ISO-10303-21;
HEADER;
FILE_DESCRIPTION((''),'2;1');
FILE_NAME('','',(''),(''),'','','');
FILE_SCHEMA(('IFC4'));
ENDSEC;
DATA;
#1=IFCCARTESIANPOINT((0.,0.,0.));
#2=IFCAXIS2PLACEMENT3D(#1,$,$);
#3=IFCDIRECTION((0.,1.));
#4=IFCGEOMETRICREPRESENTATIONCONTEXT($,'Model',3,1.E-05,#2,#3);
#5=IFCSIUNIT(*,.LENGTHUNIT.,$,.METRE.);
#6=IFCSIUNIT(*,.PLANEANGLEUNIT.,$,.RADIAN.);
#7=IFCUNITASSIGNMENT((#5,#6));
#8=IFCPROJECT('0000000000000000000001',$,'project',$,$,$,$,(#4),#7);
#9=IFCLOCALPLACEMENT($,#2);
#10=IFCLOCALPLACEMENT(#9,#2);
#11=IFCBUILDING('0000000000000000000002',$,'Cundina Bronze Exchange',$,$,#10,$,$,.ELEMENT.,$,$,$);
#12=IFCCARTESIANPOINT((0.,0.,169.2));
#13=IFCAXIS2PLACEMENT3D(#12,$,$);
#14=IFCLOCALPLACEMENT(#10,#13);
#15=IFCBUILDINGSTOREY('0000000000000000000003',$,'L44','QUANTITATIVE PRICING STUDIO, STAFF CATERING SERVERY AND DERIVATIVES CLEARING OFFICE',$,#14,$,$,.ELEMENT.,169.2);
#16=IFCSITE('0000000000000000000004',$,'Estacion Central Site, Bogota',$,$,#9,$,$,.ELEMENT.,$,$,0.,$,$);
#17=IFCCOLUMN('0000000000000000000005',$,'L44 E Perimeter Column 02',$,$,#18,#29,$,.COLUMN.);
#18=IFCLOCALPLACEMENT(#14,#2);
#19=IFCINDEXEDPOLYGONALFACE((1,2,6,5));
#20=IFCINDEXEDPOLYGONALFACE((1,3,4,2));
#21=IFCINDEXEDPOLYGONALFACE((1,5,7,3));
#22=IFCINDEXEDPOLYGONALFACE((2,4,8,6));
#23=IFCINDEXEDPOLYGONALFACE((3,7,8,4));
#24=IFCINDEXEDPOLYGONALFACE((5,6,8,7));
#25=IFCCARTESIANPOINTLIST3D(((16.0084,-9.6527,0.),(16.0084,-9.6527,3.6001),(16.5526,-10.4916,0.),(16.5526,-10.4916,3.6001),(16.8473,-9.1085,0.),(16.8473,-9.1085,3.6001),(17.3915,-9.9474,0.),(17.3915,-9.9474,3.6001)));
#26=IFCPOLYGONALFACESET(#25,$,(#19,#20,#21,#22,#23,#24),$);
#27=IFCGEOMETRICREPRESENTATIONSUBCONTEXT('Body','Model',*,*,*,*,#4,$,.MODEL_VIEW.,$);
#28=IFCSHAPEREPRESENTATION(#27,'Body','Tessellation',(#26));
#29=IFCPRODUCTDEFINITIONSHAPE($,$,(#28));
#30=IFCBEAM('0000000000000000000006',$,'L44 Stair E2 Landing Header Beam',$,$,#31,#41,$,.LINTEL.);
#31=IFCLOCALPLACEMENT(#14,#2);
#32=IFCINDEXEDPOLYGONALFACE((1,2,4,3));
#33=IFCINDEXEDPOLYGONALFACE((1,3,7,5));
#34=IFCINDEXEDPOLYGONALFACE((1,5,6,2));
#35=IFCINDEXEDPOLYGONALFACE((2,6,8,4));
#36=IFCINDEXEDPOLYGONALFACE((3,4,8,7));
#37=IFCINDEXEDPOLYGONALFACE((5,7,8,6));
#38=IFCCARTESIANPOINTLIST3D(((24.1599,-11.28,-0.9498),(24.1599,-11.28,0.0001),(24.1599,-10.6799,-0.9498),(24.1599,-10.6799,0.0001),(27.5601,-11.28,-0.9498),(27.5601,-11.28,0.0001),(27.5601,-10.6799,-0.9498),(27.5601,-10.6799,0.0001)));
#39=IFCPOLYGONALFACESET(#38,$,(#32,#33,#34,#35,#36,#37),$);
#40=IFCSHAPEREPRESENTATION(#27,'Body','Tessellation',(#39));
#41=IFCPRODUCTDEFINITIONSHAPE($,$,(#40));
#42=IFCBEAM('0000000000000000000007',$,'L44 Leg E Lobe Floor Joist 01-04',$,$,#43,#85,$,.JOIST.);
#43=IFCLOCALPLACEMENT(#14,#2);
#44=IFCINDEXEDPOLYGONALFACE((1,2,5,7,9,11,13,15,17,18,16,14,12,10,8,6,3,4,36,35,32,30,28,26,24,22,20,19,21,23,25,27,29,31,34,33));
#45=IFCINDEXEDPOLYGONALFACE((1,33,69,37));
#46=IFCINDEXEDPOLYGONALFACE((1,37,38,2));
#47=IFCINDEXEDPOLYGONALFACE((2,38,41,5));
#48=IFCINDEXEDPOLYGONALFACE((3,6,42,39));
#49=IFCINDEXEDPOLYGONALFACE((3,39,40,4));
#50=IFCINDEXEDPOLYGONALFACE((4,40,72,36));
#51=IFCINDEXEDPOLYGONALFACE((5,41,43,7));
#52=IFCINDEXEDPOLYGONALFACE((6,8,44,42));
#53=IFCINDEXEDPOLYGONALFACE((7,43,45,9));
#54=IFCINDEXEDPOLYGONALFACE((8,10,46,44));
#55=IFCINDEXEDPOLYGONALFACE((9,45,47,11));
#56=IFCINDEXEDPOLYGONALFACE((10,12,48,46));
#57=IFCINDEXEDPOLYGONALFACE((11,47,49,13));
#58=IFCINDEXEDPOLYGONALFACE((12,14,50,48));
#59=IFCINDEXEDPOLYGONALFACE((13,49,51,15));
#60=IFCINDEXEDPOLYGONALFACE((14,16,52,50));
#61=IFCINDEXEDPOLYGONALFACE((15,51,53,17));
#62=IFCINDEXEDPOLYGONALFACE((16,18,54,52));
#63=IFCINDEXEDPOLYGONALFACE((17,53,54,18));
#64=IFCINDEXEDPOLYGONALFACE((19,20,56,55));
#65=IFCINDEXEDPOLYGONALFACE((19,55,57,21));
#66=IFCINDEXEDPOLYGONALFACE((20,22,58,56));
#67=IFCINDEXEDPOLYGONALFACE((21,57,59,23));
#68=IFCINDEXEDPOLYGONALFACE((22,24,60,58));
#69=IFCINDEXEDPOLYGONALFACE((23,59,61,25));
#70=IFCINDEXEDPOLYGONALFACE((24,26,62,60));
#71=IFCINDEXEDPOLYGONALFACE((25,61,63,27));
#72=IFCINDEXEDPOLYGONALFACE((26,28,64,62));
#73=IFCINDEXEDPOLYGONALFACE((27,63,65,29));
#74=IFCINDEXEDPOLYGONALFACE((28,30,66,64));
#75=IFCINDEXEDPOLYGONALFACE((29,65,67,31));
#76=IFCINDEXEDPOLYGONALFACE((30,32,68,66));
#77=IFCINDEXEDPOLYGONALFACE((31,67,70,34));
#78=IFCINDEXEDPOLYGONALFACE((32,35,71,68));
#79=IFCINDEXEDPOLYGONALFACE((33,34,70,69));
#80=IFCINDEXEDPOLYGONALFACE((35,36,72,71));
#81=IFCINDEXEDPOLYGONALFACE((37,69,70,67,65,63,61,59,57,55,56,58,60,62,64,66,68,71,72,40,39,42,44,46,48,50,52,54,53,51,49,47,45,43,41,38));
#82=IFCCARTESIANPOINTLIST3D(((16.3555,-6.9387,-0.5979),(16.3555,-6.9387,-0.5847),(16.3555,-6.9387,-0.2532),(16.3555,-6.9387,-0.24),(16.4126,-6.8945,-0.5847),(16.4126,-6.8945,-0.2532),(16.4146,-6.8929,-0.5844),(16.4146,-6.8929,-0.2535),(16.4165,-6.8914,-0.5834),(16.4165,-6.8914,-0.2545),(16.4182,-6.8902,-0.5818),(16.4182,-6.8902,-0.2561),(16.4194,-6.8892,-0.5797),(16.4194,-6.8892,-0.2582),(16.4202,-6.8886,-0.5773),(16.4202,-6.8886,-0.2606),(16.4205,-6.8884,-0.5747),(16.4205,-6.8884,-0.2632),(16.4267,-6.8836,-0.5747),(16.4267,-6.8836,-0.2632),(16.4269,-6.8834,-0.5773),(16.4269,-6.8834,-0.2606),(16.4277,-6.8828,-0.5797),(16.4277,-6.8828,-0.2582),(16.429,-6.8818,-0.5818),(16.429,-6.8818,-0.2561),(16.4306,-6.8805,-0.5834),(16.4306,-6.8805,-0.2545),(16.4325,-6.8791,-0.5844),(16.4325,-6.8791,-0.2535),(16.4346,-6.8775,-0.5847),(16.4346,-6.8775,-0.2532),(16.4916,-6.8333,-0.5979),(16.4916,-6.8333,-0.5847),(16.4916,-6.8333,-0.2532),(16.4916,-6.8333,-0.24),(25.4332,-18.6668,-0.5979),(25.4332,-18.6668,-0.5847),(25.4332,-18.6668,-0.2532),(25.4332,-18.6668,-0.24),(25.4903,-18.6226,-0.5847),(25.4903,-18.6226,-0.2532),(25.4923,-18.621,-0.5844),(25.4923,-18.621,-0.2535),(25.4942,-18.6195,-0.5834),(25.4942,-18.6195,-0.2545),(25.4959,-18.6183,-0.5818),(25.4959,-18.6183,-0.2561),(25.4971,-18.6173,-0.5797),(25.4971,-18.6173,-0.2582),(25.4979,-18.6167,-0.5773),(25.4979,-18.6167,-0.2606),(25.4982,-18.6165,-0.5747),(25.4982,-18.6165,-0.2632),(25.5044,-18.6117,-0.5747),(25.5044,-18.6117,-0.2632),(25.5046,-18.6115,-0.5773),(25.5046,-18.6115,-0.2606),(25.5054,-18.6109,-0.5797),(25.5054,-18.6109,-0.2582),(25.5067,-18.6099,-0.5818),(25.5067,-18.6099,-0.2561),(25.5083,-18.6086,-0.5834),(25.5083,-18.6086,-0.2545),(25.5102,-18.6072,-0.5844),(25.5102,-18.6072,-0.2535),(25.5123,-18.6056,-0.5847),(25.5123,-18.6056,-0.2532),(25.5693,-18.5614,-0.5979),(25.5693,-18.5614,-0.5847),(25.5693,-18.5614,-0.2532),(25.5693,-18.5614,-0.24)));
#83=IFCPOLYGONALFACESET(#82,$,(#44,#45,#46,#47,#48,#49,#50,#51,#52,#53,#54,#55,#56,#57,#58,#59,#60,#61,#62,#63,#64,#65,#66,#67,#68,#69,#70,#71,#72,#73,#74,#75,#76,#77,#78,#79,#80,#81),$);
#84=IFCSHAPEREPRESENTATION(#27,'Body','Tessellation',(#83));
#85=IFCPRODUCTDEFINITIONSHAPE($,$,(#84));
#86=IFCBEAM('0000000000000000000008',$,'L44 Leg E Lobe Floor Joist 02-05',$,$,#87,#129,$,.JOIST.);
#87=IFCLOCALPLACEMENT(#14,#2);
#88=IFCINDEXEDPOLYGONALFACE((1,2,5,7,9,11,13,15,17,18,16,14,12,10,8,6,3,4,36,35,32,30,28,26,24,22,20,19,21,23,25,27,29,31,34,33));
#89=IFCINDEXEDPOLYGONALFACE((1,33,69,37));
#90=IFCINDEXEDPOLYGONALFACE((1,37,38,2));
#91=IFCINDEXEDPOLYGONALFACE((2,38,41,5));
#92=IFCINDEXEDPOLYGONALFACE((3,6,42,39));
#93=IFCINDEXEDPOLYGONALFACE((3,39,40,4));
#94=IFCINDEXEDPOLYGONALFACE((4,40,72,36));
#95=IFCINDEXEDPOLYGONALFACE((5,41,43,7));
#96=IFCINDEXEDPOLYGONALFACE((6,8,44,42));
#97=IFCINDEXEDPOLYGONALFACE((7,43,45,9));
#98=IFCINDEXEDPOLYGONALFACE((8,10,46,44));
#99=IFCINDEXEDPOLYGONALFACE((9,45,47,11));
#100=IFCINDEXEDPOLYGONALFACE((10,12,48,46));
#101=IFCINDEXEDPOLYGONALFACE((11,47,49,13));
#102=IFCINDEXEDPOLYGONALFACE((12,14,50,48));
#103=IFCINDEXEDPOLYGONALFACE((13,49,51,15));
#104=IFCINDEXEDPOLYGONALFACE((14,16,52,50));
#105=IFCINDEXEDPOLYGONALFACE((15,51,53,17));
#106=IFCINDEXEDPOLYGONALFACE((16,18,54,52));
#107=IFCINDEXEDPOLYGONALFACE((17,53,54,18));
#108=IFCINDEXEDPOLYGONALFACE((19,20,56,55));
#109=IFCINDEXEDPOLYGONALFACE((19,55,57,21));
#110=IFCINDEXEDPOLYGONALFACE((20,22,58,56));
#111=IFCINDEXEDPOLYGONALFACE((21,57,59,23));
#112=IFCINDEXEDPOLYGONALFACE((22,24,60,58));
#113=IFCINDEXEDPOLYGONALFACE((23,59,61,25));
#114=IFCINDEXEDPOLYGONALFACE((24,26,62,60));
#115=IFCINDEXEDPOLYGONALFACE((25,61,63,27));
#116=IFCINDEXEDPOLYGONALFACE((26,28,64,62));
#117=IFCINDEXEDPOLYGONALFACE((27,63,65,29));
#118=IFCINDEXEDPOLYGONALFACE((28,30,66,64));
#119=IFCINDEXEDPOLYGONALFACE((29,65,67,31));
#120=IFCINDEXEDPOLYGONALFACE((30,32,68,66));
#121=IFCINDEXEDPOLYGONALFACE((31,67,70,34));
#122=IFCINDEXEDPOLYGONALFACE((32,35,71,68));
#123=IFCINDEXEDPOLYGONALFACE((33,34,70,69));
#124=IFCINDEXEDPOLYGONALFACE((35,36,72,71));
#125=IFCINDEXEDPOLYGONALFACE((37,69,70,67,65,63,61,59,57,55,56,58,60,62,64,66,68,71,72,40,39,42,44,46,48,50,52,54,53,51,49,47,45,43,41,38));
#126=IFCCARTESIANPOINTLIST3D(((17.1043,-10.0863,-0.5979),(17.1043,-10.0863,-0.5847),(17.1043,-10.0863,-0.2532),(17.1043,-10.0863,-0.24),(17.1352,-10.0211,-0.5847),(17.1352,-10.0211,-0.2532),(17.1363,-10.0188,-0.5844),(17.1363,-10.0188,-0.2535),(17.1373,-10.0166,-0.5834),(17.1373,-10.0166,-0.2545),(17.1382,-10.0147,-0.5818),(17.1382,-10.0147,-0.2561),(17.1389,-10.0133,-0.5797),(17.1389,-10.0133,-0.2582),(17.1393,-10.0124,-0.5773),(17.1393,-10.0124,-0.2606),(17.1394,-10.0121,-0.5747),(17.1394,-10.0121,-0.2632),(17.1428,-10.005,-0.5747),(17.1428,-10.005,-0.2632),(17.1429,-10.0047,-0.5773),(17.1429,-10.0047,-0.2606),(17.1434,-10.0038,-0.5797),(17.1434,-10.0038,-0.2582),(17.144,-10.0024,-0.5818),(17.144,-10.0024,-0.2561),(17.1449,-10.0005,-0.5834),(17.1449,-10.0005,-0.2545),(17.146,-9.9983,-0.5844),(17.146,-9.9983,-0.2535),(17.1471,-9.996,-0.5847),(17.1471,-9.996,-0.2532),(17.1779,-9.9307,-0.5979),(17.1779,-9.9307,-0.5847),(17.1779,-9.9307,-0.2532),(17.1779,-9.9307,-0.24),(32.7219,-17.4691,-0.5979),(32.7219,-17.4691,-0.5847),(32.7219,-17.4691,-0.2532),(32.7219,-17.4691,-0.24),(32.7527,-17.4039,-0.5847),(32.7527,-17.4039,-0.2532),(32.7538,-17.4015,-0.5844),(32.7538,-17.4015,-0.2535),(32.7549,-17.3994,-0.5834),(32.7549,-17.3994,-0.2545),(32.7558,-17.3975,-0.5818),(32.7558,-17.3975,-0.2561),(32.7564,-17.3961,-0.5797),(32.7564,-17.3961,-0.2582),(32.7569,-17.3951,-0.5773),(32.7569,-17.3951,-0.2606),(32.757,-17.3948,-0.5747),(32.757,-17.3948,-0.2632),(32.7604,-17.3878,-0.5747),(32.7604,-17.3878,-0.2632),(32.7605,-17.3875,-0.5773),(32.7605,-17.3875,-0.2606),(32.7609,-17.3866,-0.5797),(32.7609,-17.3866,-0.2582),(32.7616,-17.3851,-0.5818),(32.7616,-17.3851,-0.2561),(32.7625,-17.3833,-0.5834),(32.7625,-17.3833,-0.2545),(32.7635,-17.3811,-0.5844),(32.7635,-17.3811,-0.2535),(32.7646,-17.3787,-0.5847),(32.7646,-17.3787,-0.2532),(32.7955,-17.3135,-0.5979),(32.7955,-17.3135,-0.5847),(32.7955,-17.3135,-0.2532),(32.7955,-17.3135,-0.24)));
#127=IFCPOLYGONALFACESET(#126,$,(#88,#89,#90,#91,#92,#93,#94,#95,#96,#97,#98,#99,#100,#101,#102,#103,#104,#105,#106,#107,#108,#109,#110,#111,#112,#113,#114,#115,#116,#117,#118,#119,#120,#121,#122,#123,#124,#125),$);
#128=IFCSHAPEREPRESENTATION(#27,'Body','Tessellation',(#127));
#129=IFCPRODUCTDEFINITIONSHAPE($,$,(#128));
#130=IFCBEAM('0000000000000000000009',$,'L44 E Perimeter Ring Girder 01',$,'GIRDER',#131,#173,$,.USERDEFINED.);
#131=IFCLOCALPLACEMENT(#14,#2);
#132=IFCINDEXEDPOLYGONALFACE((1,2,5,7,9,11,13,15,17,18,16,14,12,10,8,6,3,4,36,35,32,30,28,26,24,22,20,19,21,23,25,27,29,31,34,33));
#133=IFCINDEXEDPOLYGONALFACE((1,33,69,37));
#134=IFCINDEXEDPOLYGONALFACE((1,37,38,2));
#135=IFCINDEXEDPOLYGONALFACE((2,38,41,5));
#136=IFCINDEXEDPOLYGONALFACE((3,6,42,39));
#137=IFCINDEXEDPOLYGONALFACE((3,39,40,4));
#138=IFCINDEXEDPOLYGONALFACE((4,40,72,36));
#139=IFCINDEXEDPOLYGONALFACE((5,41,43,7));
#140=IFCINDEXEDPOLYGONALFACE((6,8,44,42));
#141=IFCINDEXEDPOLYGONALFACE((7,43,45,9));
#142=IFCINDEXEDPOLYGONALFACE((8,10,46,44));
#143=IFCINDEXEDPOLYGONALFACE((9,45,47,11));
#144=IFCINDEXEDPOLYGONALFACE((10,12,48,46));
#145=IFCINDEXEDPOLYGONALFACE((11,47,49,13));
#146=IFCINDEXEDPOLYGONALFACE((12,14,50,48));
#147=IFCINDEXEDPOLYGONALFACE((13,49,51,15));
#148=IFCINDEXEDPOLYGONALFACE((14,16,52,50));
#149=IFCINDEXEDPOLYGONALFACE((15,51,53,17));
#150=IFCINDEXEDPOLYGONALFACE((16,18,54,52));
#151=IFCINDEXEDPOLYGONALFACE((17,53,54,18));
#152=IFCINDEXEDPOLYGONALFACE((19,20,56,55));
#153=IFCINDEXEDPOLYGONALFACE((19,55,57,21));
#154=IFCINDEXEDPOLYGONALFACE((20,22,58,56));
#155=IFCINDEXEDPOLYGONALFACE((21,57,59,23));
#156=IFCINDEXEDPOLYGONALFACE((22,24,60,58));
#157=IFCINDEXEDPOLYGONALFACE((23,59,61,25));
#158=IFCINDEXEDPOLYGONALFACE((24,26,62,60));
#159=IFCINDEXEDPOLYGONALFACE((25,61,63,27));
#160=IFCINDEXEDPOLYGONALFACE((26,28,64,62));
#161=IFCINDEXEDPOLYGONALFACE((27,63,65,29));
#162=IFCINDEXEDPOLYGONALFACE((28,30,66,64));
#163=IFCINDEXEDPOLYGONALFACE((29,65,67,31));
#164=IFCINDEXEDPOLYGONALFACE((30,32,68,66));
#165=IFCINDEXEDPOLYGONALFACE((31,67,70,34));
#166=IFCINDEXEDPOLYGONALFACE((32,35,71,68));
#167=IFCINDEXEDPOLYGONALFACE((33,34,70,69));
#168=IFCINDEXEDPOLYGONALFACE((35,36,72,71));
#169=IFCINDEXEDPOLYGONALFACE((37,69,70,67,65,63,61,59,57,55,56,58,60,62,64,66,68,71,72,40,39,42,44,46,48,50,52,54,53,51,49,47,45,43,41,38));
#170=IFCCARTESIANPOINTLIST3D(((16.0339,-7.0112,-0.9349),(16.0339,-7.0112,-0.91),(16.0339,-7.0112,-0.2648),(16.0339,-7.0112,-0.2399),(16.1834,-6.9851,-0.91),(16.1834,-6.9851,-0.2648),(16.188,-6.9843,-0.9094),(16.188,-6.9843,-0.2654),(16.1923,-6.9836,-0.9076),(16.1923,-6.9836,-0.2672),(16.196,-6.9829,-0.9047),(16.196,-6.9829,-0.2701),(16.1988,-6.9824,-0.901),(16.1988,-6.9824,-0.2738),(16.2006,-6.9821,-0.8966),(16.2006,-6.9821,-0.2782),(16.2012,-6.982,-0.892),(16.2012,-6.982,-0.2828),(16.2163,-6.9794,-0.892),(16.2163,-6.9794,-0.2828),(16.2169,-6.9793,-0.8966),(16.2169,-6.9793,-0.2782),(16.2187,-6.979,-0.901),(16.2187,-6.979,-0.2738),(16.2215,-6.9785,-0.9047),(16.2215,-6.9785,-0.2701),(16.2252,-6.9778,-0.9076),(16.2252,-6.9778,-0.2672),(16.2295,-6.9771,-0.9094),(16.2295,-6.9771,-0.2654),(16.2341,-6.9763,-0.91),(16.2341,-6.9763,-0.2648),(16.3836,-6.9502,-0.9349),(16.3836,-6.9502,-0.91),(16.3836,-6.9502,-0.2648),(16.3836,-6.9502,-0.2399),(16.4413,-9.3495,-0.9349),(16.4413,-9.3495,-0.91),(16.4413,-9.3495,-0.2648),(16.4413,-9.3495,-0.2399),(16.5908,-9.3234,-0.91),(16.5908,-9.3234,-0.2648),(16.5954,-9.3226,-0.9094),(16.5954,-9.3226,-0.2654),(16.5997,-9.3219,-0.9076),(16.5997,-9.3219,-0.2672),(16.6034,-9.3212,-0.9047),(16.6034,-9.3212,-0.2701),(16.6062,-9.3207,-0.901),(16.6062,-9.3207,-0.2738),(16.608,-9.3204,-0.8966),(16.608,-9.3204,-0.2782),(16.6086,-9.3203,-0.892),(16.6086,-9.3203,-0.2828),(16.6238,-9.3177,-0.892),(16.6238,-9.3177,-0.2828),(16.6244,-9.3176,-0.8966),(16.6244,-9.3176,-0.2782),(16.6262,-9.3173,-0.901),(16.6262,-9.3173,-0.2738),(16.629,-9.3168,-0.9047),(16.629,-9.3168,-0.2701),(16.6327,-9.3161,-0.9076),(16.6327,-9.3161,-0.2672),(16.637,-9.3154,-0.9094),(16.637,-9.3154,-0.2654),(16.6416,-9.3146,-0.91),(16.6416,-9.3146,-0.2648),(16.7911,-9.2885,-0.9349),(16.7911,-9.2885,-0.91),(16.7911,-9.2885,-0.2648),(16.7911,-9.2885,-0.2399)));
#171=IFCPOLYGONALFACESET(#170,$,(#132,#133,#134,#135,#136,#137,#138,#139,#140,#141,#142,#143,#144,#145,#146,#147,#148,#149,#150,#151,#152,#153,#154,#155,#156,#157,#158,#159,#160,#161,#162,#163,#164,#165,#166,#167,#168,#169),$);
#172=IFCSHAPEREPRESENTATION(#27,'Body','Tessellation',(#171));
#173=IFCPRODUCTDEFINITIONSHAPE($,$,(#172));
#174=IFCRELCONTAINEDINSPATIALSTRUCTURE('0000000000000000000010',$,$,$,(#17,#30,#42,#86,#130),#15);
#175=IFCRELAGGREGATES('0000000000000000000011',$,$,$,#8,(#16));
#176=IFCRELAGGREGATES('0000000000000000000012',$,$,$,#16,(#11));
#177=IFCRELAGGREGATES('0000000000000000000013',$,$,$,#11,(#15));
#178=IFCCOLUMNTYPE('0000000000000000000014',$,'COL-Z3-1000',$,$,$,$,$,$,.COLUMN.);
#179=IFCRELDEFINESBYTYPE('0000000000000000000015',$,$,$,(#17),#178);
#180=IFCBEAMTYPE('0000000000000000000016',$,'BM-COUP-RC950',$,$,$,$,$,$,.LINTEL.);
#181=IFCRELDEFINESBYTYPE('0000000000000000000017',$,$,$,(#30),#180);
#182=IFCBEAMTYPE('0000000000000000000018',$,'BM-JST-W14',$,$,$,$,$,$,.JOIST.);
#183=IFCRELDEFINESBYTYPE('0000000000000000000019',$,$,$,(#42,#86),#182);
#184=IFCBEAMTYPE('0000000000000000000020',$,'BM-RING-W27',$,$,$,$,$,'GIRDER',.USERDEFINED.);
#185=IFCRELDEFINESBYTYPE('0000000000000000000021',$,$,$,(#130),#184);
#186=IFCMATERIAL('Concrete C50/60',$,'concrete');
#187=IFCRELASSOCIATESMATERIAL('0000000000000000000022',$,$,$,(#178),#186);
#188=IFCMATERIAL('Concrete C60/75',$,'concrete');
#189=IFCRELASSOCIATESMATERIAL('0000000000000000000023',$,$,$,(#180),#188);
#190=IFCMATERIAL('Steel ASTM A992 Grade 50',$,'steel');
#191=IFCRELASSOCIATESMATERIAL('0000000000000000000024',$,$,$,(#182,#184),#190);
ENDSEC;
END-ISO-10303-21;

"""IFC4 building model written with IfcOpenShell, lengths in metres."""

from ifc_helpers import new_model, si_unit, direction, frame, origin, origin_2d, place, context, subcontext, project, spatial, rectangle, i_section, extrude, material, material_profile, profile_set, type_object, element, save


model = new_model("IFC4")

# Units and contexts
model_context = context("Model", 3, precision=1e-05, world=origin(), true_north=direction((0.0, 1.0)))
body_context = subcontext(model_context, "Body", "Model", "MODEL_VIEW")
ifc_project = project(units=[si_unit("LENGTHUNIT", "METRE"), si_unit("PLANEANGLEUNIT", "RADIAN")], contexts=[model_context])

# Site, building, storey
site_placement = place(None, origin())
site = spatial("IfcSite", under=ifc_project, at=site_placement, Name="Estacion Central Site, Bogota", CompositionType="ELEMENT", RefElevation=0.0)
building_placement = place(site_placement, origin())
building = spatial("IfcBuilding", under=site, at=building_placement, Name="Cundina Bronze Exchange", CompositionType="ELEMENT")
storey_placement = place(building_placement, frame((0.0, 0.0, 169.2)))
storey = spatial("IfcBuildingStorey", under=building, at=storey_placement, Name="L44", Description="QUANTITATIVE PRICING STUDIO, STAFF CATERING SERVERY AND DERIVATIVES CLEARING OFFICE", CompositionType="ELEMENT", Elevation=169.2)

# Column
ifc_material_1 = material(Name="Concrete C50/60", Category="concrete")
ifc_material_profile_1 = material_profile(ifc_material_1, rectangle(XDim=1.0, YDim=1.0, at=origin_2d()), Name="RC1000X1000", Category="concrete")
ifc_profile_set_1 = profile_set([ifc_material_profile_1], Name="Concrete C50/60")
column_type = type_object("IfcColumnType", Name="COL-Z3-1000", PredefinedType="COLUMN", material=ifc_profile_set_1)
column_placement = place(storey_placement, frame((16.7, -9.8, 0.0), z_axis=(0.0, 0.0, 1.0), x_axis=(0.5442, -0.838956, 0.0)))
element("IfcColumn", 1, at=column_placement, inside=storey, type_object=column_type, Name="L44 E Perimeter Column 02", PredefinedType="COLUMN", context=body_context, shape_type="SweptSolid", body=[
    extrude(rectangle(XDim=1.0, YDim=1.0, at=origin_2d()), origin(), (0.0, 0.0, 1.0), 3.6001),
])

# Beams
ifc_material_2 = material(Name="Concrete C60/75", Category="concrete")
ifc_material_profile_2 = material_profile(ifc_material_2, rectangle(XDim=0.6001, YDim=0.95, at=origin_2d()), Name="RC600X950", Category="concrete")
ifc_profile_set_2 = profile_set([ifc_material_profile_2], Name="Concrete C60/75")
beam_type_1 = type_object("IfcBeamType", Name="BM-COUP-RC950", PredefinedType="LINTEL", material=ifc_profile_set_2)
beam_1_placement = place(storey_placement, frame((24.1599, -10.98, -0.4749), z_axis=(1.0, 0.0, 0.0), x_axis=(0.0, 1.0, 0.0)))
element("IfcBeam", 2, at=beam_1_placement, inside=storey, type_object=beam_type_1, Name="L44 Stair E2 Landing Header Beam", PredefinedType="LINTEL", context=body_context, shape_type="SweptSolid", body=[
    extrude(rectangle(XDim=0.6001, YDim=0.95, at=origin_2d()), origin(), (0.0, 0.0, 1.0), 3.4001),
])
ifc_material_3 = material(Name="Steel ASTM A992 Grade 50", Category="steel")
ifc_material_profile_3 = material_profile(ifc_material_3, i_section(OverallWidth=0.1721, OverallDepth=0.3579, WebThickness=0.0078, FlangeThickness=0.0132, FilletRadius=0.01, at=origin_2d()), Name="W14X38", Category="steel")
ifc_profile_set_3 = profile_set([ifc_material_profile_3], Name="Steel ASTM A992 Grade 50")
beam_type_2 = type_object("IfcBeamType", Name="BM-JST-W14", PredefinedType="JOIST", material=ifc_profile_set_3)
beam_2_placement = place(storey_placement, frame((16.4236, -6.886, -0.4189), z_axis=(0.612084, -0.790793, 0.0), x_axis=(0.790793, 0.612084, 0.0)))
element("IfcBeam", 3, at=beam_2_placement, inside=storey, type_object=beam_type_2, Name="L44 Leg E Lobe Floor Joist 01-04", PredefinedType="JOIST", context=body_context, shape_type="SweptSolid", body=[
    extrude(i_section(OverallWidth=0.1721, OverallDepth=0.3579, WebThickness=0.0078, FlangeThickness=0.0132, FilletRadius=0.01, at=origin_2d()), origin(), (0.0, 0.0, 1.0), 14.8308),
])
beam_3_placement = place(storey_placement, frame((17.1411, -10.0085, -0.4189), z_axis=(0.904074, -0.427375, 0.0), x_axis=(0.427375, 0.904074, 0.0)))
element("IfcBeam", 4, at=beam_3_placement, inside=storey, type_object=beam_type_2, Name="L44 Leg E Lobe Floor Joist 02-05", PredefinedType="JOIST", context=body_context, shape_type="SweptSolid", body=[
    extrude(i_section(OverallWidth=0.1721, OverallDepth=0.3579, WebThickness=0.0078, FlangeThickness=0.0132, FilletRadius=0.01, at=origin_2d()), origin(), (0.0, 0.0, 1.0), 17.2747),
])
ifc_material_profile_4 = material_profile(ifc_material_3, i_section(OverallWidth=0.355, OverallDepth=0.6951, WebThickness=0.0154, FlangeThickness=0.0249, FilletRadius=0.0181, at=origin_2d()), Name="W27X146", Category="steel")
ifc_profile_set_4 = profile_set([ifc_material_profile_4], Name="Steel ASTM A992 Grade 50")
beam_type_3 = type_object("IfcBeamType", Name="BM-RING-W27", ElementType="GIRDER", PredefinedType="USERDEFINED", material=ifc_profile_set_4)
beam_4_placement = place(storey_placement, frame((16.2087, -6.9807, -0.5874), z_axis=(0.171667, -0.985155, 0.0), x_axis=(0.985155, 0.171667, 0.0)))
element("IfcBeam", 5, at=beam_4_placement, inside=storey, type_object=beam_type_3, Name="L44 E Perimeter Ring Girder 01", ObjectType="GIRDER", PredefinedType="USERDEFINED", context=body_context, shape_type="SweptSolid", body=[
    extrude(i_section(OverallWidth=0.355, OverallDepth=0.6951, WebThickness=0.0154, FlangeThickness=0.0249, FilletRadius=0.0181, at=origin_2d()), origin(), (0.0, 0.0, 1.0), 2.3735),
])

save(model, "model.ifc")
